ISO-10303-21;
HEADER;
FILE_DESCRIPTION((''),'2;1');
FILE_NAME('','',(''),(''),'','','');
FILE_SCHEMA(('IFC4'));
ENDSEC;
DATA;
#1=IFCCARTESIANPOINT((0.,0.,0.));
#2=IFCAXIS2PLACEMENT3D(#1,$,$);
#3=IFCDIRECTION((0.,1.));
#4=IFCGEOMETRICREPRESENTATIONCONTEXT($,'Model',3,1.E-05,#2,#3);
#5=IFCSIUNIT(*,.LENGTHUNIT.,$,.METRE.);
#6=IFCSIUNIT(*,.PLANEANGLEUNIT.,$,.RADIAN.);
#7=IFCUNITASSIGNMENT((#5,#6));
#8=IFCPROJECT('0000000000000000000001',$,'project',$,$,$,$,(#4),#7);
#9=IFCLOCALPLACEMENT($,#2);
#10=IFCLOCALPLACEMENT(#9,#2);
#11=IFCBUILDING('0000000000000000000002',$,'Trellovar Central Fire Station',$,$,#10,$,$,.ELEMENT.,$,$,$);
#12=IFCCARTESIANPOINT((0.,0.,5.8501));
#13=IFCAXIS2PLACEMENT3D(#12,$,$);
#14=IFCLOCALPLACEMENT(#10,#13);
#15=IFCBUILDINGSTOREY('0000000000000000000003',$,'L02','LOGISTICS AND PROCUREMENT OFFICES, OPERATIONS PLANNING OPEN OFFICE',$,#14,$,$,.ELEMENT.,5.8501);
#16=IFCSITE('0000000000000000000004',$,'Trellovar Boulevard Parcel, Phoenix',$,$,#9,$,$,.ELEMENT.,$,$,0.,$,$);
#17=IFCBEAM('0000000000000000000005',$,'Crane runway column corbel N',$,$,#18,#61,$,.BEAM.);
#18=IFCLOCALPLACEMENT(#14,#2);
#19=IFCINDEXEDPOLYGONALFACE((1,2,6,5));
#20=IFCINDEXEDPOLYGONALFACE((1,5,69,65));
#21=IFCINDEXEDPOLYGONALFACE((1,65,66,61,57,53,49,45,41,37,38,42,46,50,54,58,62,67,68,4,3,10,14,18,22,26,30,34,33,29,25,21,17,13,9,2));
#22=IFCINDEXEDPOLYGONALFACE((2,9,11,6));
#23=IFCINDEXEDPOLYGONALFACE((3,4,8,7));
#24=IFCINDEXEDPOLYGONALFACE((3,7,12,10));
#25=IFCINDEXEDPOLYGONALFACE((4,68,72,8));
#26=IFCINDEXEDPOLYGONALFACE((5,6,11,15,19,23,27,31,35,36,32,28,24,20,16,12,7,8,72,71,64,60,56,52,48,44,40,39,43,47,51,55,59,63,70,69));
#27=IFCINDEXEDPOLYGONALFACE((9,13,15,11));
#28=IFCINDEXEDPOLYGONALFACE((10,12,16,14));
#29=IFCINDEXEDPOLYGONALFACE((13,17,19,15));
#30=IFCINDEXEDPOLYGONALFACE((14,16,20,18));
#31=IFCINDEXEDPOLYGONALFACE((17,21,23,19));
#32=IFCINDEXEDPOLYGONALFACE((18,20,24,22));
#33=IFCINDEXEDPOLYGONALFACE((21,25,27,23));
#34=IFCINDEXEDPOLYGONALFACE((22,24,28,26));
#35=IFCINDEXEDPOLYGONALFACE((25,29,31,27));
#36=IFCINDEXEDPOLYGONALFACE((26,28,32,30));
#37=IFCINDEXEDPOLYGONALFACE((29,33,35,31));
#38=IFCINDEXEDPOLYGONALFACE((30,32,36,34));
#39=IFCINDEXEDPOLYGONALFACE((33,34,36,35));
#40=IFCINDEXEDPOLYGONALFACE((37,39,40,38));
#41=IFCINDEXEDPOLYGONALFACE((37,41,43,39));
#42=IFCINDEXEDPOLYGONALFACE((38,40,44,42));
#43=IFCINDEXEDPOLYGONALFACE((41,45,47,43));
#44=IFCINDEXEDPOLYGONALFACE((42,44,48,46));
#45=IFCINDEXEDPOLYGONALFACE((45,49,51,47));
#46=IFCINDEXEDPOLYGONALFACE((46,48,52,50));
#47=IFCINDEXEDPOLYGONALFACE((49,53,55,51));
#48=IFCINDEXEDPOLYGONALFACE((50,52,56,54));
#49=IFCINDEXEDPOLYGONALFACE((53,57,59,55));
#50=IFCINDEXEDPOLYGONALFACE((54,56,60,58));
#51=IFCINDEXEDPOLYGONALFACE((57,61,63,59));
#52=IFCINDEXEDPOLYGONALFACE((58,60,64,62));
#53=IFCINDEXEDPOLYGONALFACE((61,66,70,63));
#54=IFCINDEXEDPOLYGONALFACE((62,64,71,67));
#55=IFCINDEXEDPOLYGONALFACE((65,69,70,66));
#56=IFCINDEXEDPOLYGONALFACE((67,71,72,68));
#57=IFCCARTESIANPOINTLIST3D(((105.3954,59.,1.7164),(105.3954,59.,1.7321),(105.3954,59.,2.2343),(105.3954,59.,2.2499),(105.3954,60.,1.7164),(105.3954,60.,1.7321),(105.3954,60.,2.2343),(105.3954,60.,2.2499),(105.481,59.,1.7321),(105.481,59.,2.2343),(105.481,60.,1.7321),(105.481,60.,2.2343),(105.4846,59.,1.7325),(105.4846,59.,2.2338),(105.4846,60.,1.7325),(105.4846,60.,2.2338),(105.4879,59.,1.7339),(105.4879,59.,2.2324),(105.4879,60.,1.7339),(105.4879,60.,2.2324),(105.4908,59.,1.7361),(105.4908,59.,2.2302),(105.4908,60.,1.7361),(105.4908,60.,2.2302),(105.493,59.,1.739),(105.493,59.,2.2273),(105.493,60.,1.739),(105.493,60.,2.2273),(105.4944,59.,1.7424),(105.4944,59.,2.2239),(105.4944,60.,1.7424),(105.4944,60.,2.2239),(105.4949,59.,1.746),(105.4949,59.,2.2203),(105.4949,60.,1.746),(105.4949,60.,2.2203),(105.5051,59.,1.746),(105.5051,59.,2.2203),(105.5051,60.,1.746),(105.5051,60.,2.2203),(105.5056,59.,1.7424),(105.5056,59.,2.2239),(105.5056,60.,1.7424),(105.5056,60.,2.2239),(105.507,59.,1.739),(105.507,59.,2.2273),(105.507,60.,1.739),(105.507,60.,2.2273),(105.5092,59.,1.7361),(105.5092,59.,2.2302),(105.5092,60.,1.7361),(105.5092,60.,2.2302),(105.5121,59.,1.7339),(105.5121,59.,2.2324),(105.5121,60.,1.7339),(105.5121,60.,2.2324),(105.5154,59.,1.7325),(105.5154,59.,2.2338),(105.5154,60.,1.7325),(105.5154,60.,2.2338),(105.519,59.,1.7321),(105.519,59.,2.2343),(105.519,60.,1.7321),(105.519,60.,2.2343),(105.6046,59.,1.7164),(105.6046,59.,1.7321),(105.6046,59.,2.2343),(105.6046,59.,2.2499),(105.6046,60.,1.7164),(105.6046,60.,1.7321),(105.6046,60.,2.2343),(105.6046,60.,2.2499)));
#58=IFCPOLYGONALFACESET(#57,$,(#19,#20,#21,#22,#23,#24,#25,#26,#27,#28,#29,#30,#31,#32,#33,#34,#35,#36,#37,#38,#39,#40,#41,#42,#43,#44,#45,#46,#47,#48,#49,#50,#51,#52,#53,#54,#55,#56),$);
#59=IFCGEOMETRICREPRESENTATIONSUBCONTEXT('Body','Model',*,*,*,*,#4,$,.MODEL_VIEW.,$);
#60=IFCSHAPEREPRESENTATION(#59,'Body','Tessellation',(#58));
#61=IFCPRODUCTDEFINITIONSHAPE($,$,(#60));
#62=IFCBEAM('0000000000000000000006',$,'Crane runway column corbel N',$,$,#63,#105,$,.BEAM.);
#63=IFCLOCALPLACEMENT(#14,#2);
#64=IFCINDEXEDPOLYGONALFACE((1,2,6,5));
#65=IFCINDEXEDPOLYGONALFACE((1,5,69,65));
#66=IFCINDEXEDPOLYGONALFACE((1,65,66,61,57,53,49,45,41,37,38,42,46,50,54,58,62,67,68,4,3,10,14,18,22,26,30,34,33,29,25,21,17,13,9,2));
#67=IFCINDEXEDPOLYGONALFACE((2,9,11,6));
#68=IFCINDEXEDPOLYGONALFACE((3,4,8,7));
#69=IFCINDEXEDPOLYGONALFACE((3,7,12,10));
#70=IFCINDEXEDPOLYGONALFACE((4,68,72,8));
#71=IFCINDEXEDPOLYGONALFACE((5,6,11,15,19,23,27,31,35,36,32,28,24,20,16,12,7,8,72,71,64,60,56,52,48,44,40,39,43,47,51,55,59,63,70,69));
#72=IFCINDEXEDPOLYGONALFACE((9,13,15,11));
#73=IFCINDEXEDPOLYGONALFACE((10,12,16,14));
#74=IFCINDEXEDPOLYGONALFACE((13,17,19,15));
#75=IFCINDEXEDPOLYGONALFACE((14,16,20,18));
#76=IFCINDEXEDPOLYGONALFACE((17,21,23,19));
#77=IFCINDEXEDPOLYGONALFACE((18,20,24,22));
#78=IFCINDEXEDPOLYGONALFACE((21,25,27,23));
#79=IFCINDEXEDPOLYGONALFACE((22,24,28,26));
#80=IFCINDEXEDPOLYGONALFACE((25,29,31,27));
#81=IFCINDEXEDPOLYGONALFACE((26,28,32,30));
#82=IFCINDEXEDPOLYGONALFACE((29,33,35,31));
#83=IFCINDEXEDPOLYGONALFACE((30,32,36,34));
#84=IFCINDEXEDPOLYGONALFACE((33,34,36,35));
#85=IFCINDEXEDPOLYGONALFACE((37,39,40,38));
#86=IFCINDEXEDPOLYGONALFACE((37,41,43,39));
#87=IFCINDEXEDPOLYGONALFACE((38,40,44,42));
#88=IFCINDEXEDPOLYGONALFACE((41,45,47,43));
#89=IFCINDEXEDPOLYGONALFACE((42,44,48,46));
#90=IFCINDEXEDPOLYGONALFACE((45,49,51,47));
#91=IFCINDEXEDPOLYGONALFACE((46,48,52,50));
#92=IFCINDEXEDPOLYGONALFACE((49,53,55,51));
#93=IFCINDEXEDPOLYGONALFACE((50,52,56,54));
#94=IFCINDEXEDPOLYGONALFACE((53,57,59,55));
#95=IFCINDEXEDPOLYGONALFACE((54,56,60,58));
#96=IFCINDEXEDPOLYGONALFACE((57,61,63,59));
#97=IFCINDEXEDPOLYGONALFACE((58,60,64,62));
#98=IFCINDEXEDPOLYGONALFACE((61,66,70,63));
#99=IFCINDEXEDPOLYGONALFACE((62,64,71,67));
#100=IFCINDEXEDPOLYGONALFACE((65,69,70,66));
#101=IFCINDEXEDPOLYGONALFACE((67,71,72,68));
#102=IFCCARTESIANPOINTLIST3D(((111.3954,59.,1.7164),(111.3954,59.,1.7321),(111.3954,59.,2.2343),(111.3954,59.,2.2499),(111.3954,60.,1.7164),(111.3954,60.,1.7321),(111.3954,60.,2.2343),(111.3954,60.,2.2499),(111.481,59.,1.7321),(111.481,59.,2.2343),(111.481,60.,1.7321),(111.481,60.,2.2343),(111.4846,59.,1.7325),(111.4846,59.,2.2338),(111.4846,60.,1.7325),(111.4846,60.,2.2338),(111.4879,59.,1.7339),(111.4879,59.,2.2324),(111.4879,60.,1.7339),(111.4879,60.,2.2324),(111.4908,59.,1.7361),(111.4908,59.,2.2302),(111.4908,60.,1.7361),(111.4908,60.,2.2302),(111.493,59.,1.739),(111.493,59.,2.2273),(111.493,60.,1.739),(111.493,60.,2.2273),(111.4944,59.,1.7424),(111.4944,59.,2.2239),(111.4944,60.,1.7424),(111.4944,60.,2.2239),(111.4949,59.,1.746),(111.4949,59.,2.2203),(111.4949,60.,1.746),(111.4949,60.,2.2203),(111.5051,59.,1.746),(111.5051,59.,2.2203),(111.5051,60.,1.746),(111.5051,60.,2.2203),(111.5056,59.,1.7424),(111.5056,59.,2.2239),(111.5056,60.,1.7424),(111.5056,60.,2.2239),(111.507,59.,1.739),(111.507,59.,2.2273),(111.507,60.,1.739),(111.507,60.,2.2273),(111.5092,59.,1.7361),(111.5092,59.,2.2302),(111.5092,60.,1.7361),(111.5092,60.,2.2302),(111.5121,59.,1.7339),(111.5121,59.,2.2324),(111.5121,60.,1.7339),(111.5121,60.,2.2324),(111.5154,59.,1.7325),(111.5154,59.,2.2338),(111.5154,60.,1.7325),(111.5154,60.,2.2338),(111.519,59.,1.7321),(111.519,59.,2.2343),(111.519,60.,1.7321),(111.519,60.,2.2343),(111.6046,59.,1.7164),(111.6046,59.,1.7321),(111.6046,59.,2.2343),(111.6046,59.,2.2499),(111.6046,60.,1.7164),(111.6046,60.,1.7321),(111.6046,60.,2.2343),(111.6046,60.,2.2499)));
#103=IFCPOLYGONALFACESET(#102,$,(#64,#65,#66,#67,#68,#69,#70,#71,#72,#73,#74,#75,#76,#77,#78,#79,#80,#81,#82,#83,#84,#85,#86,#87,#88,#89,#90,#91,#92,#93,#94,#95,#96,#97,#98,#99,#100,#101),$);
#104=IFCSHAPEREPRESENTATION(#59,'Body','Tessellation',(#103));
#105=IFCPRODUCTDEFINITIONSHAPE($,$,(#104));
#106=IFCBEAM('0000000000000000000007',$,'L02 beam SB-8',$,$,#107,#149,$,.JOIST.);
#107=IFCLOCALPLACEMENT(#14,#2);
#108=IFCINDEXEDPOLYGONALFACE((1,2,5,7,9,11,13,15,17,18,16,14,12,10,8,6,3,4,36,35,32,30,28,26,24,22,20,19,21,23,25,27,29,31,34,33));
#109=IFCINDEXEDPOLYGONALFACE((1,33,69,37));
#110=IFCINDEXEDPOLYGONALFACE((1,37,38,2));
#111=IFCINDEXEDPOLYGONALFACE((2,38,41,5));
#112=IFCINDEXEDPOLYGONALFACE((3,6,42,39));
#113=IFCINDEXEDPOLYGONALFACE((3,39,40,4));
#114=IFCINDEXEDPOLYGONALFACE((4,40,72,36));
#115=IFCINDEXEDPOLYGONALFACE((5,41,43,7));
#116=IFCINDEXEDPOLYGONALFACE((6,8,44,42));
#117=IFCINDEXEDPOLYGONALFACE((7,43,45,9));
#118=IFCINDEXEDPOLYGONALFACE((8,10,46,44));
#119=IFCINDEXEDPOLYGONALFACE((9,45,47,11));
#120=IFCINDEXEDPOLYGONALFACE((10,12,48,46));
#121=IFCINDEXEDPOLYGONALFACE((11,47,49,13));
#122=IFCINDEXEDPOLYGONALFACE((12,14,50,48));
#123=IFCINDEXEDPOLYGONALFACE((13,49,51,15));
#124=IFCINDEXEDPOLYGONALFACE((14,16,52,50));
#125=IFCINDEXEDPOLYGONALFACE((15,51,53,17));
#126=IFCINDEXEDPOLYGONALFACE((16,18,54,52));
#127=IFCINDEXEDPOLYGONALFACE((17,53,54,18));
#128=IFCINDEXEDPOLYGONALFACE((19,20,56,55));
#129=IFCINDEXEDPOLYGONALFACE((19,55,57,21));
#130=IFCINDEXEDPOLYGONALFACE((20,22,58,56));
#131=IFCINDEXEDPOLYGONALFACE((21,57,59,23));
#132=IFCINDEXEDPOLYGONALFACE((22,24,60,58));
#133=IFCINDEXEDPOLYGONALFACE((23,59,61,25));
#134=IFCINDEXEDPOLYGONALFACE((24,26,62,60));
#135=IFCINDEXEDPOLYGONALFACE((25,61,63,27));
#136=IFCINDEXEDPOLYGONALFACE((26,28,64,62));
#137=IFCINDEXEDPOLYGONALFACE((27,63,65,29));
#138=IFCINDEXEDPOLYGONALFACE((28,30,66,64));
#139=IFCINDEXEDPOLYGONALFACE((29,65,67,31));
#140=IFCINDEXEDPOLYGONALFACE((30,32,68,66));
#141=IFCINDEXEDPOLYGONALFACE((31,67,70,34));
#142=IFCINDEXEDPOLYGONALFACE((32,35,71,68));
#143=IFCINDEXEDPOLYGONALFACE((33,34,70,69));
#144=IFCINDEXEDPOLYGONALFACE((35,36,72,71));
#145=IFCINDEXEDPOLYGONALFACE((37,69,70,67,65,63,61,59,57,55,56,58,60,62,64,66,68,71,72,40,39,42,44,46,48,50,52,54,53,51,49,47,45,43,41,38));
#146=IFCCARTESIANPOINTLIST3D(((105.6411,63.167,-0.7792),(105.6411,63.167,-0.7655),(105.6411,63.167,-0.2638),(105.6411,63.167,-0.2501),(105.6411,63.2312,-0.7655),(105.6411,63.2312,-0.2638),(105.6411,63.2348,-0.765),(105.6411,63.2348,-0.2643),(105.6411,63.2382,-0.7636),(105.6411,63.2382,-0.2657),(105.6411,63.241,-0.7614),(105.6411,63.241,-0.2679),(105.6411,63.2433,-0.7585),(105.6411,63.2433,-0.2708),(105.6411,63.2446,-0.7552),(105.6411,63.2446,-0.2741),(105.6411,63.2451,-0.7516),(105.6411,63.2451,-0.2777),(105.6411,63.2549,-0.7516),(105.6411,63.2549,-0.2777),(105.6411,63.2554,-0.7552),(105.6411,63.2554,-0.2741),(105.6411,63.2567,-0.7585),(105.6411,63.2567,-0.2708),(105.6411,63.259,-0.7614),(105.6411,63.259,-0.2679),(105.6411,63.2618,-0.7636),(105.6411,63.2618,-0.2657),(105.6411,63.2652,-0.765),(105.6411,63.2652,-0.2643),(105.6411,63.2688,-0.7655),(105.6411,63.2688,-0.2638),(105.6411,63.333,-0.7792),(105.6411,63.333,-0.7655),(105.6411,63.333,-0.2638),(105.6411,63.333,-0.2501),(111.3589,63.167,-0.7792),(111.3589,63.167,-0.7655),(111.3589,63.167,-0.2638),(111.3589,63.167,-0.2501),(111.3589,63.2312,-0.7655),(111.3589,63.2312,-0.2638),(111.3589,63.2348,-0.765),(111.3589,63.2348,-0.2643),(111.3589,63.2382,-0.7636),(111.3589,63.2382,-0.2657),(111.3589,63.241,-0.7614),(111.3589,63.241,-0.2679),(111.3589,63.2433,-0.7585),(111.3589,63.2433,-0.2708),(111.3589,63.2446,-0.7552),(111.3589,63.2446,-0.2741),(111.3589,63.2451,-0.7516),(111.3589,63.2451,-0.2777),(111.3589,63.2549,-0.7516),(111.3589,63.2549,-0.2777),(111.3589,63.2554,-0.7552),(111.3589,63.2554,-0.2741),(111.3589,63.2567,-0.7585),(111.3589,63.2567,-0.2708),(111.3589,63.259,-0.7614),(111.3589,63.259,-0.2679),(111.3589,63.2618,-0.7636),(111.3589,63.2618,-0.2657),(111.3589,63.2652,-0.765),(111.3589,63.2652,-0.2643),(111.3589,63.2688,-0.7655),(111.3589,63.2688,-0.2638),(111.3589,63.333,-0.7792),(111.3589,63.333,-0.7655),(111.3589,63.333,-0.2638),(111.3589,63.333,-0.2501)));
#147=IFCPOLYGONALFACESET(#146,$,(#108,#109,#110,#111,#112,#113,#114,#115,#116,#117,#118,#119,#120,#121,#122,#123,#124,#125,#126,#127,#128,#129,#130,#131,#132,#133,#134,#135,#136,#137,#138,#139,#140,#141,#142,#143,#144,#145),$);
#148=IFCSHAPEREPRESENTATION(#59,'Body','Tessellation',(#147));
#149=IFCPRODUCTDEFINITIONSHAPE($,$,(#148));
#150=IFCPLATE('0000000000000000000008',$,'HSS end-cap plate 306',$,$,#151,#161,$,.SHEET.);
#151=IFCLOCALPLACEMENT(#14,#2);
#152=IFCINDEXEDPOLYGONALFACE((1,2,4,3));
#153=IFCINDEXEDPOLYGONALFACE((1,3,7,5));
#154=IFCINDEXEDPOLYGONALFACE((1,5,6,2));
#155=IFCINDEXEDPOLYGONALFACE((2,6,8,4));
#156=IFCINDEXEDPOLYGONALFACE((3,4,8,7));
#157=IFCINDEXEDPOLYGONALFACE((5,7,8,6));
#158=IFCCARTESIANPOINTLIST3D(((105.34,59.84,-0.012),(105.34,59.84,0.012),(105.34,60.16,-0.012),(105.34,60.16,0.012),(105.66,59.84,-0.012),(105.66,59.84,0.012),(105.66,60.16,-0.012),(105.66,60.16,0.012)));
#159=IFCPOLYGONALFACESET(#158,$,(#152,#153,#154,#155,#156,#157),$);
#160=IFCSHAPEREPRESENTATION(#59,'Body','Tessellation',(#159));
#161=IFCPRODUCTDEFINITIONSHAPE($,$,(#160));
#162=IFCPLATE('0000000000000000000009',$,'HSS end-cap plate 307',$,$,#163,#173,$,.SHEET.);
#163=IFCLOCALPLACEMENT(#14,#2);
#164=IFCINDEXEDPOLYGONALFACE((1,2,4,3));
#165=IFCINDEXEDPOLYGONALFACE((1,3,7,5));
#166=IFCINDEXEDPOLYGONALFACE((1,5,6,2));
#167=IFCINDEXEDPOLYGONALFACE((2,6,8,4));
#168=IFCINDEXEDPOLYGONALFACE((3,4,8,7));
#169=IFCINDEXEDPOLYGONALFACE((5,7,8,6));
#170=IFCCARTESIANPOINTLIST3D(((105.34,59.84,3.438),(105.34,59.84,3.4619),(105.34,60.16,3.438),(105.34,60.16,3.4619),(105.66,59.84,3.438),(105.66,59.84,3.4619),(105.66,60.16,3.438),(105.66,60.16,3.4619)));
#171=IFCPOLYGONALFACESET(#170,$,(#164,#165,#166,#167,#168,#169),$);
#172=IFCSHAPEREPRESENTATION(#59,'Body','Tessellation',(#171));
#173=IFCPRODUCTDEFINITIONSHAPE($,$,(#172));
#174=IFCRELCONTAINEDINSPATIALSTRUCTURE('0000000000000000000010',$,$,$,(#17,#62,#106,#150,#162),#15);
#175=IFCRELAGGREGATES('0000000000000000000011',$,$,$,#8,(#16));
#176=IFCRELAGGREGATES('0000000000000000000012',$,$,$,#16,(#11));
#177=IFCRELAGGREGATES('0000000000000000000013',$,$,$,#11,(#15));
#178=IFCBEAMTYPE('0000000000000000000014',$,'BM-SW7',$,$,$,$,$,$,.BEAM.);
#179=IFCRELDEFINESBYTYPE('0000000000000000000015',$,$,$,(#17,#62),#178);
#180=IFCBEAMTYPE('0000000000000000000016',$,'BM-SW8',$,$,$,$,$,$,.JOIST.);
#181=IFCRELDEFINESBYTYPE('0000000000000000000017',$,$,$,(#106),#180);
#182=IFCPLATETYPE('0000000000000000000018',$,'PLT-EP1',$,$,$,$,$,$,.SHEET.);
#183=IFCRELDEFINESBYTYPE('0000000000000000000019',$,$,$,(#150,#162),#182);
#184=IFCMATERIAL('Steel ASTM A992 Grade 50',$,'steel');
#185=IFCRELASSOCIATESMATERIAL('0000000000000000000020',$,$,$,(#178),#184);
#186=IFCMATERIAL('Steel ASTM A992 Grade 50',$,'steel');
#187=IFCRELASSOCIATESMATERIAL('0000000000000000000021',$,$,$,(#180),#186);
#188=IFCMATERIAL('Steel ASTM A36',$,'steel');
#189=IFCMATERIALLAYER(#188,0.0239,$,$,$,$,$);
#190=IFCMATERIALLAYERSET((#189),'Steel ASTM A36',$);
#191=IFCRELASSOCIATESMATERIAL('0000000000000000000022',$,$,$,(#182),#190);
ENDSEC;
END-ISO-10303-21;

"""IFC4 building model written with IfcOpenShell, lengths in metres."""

from ifc_helpers import new_model, si_unit, direction, frame, origin, origin_2d, place, context, subcontext, project, spatial, rectangle, i_section, extrude, material, layer, layer_set, material_profile, profile_set, type_object, element, save


model = new_model("IFC4")

# Units and contexts
model_context = context("Model", 3, precision=1e-05, world=origin(), true_north=direction((0.0, 1.0)))
body_context = subcontext(model_context, "Body", "Model", "MODEL_VIEW")
ifc_project = project(units=[si_unit("LENGTHUNIT", "METRE"), si_unit("PLANEANGLEUNIT", "RADIAN")], contexts=[model_context])

# Site, building, storey
site_placement = place(None, origin())
site = spatial("IfcSite", under=ifc_project, at=site_placement, Name="Trellovar Boulevard Parcel, Phoenix", CompositionType="ELEMENT", RefElevation=0.0)
building_placement = place(site_placement, origin())
building = spatial("IfcBuilding", under=site, at=building_placement, Name="Trellovar Central Fire Station", CompositionType="ELEMENT")
storey_placement = place(building_placement, frame((0.0, 0.0, 5.8501)))
storey = spatial("IfcBuildingStorey", under=building, at=storey_placement, Name="L02", Description="LOGISTICS AND PROCUREMENT OFFICES, OPERATIONS PLANNING OPEN OFFICE", CompositionType="ELEMENT", Elevation=5.8501)

# Beams
ifc_material_1 = material(Name="Steel ASTM A992 Grade 50", Category="steel")
ifc_material_profile_1 = material_profile(ifc_material_1, i_section(OverallWidth=0.2092, OverallDepth=0.5334, WebThickness=0.0103, FlangeThickness=0.0156, FilletRadius=0.0139, at=origin_2d()), Name="W21X62")
ifc_profile_set_1 = profile_set([ifc_material_profile_1], Name="Steel ASTM A992 Grade 50")
beam_type_1 = type_object("IfcBeamType", Name="BM-SW7", PredefinedType="BEAM", material=ifc_profile_set_1)
for number, where, z_axis, x_axis, name in (
    (1, (105.5, 59.0, 1.9832), (0.0, 1.0, 0.0), (-1.0, 0.0, 0.0), "Crane runway column corbel N"),
    (2, (111.5, 59.0, 1.9832), (0.0, 1.0, 0.0), (-1.0, 0.0, 0.0), "Crane runway column corbel N"),
):
    element("IfcBeam", number, at=place(storey_placement, frame(where, z_axis=z_axis, x_axis=x_axis)), inside=storey, type_object=beam_type_1, Name=name, PredefinedType="BEAM", context=body_context, shape_type="SweptSolid", body=[
        extrude(i_section(OverallWidth=0.2092, OverallDepth=0.5334, WebThickness=0.0103, FlangeThickness=0.0156, FilletRadius=0.0139, at=origin_2d()), origin(), (0.0, 0.0, 1.0), 1.0),
    ])
ifc_material_2 = material(Name="Steel ASTM A992 Grade 50", Category="steel")
ifc_material_profile_2 = material_profile(ifc_material_2, i_section(OverallWidth=0.166, OverallDepth=0.5291, WebThickness=0.0098, FlangeThickness=0.0137, FilletRadius=0.0139, at=origin_2d()), Name="W21X50")
ifc_profile_set_2 = profile_set([ifc_material_profile_2], Name="Steel ASTM A992 Grade 50")
beam_type_2 = type_object("IfcBeamType", Name="BM-SW8", PredefinedType="JOIST", material=ifc_profile_set_2)
beam_1_placement = place(storey_placement, frame((105.6411, 63.25, -0.5146), z_axis=(1.0, 0.0, 0.0), x_axis=(0.0, 1.0, 0.0)))
element("IfcBeam", 3, at=beam_1_placement, inside=storey, type_object=beam_type_2, Name="L02 beam SB-8", PredefinedType="JOIST", context=body_context, shape_type="SweptSolid", body=[
    extrude(i_section(OverallWidth=0.166, OverallDepth=0.5291, WebThickness=0.0098, FlangeThickness=0.0137, FilletRadius=0.0139, at=origin_2d()), origin(), (0.0, 0.0, 1.0), 5.7178),
])

# Plates
ifc_material_3 = material(Name="Steel ASTM A36", Category="steel")
ifc_layer_1 = layer(ifc_material_3, 0.0239)
ifc_layer_set_1 = layer_set([ifc_layer_1], Name="Steel ASTM A36")
plate_type = type_object("IfcPlateType", Name="PLT-EP1", PredefinedType="SHEET", material=ifc_layer_set_1)
for number, where, z_axis, x_axis, name in (
    (4, (105.5, 60.0, -0.012), (0.0, 0.0, 1.0), (1.0, 0.0, 0.0), "HSS end-cap plate 306"),
    (5, (105.5, 60.0, 3.438), (0.0, 0.0, 1.0), (1.0, 0.0, 0.0), "HSS end-cap plate 307"),
):
    element("IfcPlate", number, at=place(storey_placement, frame(where, z_axis=z_axis, x_axis=x_axis)), inside=storey, type_object=plate_type, Name=name, PredefinedType="SHEET", context=body_context, shape_type="SweptSolid", body=[
        extrude(rectangle(XDim=0.3201, YDim=0.3201, at=origin_2d()), origin(), (0.0, 0.0, 1.0), 0.0239),
    ])

save(model, "model.ifc")
